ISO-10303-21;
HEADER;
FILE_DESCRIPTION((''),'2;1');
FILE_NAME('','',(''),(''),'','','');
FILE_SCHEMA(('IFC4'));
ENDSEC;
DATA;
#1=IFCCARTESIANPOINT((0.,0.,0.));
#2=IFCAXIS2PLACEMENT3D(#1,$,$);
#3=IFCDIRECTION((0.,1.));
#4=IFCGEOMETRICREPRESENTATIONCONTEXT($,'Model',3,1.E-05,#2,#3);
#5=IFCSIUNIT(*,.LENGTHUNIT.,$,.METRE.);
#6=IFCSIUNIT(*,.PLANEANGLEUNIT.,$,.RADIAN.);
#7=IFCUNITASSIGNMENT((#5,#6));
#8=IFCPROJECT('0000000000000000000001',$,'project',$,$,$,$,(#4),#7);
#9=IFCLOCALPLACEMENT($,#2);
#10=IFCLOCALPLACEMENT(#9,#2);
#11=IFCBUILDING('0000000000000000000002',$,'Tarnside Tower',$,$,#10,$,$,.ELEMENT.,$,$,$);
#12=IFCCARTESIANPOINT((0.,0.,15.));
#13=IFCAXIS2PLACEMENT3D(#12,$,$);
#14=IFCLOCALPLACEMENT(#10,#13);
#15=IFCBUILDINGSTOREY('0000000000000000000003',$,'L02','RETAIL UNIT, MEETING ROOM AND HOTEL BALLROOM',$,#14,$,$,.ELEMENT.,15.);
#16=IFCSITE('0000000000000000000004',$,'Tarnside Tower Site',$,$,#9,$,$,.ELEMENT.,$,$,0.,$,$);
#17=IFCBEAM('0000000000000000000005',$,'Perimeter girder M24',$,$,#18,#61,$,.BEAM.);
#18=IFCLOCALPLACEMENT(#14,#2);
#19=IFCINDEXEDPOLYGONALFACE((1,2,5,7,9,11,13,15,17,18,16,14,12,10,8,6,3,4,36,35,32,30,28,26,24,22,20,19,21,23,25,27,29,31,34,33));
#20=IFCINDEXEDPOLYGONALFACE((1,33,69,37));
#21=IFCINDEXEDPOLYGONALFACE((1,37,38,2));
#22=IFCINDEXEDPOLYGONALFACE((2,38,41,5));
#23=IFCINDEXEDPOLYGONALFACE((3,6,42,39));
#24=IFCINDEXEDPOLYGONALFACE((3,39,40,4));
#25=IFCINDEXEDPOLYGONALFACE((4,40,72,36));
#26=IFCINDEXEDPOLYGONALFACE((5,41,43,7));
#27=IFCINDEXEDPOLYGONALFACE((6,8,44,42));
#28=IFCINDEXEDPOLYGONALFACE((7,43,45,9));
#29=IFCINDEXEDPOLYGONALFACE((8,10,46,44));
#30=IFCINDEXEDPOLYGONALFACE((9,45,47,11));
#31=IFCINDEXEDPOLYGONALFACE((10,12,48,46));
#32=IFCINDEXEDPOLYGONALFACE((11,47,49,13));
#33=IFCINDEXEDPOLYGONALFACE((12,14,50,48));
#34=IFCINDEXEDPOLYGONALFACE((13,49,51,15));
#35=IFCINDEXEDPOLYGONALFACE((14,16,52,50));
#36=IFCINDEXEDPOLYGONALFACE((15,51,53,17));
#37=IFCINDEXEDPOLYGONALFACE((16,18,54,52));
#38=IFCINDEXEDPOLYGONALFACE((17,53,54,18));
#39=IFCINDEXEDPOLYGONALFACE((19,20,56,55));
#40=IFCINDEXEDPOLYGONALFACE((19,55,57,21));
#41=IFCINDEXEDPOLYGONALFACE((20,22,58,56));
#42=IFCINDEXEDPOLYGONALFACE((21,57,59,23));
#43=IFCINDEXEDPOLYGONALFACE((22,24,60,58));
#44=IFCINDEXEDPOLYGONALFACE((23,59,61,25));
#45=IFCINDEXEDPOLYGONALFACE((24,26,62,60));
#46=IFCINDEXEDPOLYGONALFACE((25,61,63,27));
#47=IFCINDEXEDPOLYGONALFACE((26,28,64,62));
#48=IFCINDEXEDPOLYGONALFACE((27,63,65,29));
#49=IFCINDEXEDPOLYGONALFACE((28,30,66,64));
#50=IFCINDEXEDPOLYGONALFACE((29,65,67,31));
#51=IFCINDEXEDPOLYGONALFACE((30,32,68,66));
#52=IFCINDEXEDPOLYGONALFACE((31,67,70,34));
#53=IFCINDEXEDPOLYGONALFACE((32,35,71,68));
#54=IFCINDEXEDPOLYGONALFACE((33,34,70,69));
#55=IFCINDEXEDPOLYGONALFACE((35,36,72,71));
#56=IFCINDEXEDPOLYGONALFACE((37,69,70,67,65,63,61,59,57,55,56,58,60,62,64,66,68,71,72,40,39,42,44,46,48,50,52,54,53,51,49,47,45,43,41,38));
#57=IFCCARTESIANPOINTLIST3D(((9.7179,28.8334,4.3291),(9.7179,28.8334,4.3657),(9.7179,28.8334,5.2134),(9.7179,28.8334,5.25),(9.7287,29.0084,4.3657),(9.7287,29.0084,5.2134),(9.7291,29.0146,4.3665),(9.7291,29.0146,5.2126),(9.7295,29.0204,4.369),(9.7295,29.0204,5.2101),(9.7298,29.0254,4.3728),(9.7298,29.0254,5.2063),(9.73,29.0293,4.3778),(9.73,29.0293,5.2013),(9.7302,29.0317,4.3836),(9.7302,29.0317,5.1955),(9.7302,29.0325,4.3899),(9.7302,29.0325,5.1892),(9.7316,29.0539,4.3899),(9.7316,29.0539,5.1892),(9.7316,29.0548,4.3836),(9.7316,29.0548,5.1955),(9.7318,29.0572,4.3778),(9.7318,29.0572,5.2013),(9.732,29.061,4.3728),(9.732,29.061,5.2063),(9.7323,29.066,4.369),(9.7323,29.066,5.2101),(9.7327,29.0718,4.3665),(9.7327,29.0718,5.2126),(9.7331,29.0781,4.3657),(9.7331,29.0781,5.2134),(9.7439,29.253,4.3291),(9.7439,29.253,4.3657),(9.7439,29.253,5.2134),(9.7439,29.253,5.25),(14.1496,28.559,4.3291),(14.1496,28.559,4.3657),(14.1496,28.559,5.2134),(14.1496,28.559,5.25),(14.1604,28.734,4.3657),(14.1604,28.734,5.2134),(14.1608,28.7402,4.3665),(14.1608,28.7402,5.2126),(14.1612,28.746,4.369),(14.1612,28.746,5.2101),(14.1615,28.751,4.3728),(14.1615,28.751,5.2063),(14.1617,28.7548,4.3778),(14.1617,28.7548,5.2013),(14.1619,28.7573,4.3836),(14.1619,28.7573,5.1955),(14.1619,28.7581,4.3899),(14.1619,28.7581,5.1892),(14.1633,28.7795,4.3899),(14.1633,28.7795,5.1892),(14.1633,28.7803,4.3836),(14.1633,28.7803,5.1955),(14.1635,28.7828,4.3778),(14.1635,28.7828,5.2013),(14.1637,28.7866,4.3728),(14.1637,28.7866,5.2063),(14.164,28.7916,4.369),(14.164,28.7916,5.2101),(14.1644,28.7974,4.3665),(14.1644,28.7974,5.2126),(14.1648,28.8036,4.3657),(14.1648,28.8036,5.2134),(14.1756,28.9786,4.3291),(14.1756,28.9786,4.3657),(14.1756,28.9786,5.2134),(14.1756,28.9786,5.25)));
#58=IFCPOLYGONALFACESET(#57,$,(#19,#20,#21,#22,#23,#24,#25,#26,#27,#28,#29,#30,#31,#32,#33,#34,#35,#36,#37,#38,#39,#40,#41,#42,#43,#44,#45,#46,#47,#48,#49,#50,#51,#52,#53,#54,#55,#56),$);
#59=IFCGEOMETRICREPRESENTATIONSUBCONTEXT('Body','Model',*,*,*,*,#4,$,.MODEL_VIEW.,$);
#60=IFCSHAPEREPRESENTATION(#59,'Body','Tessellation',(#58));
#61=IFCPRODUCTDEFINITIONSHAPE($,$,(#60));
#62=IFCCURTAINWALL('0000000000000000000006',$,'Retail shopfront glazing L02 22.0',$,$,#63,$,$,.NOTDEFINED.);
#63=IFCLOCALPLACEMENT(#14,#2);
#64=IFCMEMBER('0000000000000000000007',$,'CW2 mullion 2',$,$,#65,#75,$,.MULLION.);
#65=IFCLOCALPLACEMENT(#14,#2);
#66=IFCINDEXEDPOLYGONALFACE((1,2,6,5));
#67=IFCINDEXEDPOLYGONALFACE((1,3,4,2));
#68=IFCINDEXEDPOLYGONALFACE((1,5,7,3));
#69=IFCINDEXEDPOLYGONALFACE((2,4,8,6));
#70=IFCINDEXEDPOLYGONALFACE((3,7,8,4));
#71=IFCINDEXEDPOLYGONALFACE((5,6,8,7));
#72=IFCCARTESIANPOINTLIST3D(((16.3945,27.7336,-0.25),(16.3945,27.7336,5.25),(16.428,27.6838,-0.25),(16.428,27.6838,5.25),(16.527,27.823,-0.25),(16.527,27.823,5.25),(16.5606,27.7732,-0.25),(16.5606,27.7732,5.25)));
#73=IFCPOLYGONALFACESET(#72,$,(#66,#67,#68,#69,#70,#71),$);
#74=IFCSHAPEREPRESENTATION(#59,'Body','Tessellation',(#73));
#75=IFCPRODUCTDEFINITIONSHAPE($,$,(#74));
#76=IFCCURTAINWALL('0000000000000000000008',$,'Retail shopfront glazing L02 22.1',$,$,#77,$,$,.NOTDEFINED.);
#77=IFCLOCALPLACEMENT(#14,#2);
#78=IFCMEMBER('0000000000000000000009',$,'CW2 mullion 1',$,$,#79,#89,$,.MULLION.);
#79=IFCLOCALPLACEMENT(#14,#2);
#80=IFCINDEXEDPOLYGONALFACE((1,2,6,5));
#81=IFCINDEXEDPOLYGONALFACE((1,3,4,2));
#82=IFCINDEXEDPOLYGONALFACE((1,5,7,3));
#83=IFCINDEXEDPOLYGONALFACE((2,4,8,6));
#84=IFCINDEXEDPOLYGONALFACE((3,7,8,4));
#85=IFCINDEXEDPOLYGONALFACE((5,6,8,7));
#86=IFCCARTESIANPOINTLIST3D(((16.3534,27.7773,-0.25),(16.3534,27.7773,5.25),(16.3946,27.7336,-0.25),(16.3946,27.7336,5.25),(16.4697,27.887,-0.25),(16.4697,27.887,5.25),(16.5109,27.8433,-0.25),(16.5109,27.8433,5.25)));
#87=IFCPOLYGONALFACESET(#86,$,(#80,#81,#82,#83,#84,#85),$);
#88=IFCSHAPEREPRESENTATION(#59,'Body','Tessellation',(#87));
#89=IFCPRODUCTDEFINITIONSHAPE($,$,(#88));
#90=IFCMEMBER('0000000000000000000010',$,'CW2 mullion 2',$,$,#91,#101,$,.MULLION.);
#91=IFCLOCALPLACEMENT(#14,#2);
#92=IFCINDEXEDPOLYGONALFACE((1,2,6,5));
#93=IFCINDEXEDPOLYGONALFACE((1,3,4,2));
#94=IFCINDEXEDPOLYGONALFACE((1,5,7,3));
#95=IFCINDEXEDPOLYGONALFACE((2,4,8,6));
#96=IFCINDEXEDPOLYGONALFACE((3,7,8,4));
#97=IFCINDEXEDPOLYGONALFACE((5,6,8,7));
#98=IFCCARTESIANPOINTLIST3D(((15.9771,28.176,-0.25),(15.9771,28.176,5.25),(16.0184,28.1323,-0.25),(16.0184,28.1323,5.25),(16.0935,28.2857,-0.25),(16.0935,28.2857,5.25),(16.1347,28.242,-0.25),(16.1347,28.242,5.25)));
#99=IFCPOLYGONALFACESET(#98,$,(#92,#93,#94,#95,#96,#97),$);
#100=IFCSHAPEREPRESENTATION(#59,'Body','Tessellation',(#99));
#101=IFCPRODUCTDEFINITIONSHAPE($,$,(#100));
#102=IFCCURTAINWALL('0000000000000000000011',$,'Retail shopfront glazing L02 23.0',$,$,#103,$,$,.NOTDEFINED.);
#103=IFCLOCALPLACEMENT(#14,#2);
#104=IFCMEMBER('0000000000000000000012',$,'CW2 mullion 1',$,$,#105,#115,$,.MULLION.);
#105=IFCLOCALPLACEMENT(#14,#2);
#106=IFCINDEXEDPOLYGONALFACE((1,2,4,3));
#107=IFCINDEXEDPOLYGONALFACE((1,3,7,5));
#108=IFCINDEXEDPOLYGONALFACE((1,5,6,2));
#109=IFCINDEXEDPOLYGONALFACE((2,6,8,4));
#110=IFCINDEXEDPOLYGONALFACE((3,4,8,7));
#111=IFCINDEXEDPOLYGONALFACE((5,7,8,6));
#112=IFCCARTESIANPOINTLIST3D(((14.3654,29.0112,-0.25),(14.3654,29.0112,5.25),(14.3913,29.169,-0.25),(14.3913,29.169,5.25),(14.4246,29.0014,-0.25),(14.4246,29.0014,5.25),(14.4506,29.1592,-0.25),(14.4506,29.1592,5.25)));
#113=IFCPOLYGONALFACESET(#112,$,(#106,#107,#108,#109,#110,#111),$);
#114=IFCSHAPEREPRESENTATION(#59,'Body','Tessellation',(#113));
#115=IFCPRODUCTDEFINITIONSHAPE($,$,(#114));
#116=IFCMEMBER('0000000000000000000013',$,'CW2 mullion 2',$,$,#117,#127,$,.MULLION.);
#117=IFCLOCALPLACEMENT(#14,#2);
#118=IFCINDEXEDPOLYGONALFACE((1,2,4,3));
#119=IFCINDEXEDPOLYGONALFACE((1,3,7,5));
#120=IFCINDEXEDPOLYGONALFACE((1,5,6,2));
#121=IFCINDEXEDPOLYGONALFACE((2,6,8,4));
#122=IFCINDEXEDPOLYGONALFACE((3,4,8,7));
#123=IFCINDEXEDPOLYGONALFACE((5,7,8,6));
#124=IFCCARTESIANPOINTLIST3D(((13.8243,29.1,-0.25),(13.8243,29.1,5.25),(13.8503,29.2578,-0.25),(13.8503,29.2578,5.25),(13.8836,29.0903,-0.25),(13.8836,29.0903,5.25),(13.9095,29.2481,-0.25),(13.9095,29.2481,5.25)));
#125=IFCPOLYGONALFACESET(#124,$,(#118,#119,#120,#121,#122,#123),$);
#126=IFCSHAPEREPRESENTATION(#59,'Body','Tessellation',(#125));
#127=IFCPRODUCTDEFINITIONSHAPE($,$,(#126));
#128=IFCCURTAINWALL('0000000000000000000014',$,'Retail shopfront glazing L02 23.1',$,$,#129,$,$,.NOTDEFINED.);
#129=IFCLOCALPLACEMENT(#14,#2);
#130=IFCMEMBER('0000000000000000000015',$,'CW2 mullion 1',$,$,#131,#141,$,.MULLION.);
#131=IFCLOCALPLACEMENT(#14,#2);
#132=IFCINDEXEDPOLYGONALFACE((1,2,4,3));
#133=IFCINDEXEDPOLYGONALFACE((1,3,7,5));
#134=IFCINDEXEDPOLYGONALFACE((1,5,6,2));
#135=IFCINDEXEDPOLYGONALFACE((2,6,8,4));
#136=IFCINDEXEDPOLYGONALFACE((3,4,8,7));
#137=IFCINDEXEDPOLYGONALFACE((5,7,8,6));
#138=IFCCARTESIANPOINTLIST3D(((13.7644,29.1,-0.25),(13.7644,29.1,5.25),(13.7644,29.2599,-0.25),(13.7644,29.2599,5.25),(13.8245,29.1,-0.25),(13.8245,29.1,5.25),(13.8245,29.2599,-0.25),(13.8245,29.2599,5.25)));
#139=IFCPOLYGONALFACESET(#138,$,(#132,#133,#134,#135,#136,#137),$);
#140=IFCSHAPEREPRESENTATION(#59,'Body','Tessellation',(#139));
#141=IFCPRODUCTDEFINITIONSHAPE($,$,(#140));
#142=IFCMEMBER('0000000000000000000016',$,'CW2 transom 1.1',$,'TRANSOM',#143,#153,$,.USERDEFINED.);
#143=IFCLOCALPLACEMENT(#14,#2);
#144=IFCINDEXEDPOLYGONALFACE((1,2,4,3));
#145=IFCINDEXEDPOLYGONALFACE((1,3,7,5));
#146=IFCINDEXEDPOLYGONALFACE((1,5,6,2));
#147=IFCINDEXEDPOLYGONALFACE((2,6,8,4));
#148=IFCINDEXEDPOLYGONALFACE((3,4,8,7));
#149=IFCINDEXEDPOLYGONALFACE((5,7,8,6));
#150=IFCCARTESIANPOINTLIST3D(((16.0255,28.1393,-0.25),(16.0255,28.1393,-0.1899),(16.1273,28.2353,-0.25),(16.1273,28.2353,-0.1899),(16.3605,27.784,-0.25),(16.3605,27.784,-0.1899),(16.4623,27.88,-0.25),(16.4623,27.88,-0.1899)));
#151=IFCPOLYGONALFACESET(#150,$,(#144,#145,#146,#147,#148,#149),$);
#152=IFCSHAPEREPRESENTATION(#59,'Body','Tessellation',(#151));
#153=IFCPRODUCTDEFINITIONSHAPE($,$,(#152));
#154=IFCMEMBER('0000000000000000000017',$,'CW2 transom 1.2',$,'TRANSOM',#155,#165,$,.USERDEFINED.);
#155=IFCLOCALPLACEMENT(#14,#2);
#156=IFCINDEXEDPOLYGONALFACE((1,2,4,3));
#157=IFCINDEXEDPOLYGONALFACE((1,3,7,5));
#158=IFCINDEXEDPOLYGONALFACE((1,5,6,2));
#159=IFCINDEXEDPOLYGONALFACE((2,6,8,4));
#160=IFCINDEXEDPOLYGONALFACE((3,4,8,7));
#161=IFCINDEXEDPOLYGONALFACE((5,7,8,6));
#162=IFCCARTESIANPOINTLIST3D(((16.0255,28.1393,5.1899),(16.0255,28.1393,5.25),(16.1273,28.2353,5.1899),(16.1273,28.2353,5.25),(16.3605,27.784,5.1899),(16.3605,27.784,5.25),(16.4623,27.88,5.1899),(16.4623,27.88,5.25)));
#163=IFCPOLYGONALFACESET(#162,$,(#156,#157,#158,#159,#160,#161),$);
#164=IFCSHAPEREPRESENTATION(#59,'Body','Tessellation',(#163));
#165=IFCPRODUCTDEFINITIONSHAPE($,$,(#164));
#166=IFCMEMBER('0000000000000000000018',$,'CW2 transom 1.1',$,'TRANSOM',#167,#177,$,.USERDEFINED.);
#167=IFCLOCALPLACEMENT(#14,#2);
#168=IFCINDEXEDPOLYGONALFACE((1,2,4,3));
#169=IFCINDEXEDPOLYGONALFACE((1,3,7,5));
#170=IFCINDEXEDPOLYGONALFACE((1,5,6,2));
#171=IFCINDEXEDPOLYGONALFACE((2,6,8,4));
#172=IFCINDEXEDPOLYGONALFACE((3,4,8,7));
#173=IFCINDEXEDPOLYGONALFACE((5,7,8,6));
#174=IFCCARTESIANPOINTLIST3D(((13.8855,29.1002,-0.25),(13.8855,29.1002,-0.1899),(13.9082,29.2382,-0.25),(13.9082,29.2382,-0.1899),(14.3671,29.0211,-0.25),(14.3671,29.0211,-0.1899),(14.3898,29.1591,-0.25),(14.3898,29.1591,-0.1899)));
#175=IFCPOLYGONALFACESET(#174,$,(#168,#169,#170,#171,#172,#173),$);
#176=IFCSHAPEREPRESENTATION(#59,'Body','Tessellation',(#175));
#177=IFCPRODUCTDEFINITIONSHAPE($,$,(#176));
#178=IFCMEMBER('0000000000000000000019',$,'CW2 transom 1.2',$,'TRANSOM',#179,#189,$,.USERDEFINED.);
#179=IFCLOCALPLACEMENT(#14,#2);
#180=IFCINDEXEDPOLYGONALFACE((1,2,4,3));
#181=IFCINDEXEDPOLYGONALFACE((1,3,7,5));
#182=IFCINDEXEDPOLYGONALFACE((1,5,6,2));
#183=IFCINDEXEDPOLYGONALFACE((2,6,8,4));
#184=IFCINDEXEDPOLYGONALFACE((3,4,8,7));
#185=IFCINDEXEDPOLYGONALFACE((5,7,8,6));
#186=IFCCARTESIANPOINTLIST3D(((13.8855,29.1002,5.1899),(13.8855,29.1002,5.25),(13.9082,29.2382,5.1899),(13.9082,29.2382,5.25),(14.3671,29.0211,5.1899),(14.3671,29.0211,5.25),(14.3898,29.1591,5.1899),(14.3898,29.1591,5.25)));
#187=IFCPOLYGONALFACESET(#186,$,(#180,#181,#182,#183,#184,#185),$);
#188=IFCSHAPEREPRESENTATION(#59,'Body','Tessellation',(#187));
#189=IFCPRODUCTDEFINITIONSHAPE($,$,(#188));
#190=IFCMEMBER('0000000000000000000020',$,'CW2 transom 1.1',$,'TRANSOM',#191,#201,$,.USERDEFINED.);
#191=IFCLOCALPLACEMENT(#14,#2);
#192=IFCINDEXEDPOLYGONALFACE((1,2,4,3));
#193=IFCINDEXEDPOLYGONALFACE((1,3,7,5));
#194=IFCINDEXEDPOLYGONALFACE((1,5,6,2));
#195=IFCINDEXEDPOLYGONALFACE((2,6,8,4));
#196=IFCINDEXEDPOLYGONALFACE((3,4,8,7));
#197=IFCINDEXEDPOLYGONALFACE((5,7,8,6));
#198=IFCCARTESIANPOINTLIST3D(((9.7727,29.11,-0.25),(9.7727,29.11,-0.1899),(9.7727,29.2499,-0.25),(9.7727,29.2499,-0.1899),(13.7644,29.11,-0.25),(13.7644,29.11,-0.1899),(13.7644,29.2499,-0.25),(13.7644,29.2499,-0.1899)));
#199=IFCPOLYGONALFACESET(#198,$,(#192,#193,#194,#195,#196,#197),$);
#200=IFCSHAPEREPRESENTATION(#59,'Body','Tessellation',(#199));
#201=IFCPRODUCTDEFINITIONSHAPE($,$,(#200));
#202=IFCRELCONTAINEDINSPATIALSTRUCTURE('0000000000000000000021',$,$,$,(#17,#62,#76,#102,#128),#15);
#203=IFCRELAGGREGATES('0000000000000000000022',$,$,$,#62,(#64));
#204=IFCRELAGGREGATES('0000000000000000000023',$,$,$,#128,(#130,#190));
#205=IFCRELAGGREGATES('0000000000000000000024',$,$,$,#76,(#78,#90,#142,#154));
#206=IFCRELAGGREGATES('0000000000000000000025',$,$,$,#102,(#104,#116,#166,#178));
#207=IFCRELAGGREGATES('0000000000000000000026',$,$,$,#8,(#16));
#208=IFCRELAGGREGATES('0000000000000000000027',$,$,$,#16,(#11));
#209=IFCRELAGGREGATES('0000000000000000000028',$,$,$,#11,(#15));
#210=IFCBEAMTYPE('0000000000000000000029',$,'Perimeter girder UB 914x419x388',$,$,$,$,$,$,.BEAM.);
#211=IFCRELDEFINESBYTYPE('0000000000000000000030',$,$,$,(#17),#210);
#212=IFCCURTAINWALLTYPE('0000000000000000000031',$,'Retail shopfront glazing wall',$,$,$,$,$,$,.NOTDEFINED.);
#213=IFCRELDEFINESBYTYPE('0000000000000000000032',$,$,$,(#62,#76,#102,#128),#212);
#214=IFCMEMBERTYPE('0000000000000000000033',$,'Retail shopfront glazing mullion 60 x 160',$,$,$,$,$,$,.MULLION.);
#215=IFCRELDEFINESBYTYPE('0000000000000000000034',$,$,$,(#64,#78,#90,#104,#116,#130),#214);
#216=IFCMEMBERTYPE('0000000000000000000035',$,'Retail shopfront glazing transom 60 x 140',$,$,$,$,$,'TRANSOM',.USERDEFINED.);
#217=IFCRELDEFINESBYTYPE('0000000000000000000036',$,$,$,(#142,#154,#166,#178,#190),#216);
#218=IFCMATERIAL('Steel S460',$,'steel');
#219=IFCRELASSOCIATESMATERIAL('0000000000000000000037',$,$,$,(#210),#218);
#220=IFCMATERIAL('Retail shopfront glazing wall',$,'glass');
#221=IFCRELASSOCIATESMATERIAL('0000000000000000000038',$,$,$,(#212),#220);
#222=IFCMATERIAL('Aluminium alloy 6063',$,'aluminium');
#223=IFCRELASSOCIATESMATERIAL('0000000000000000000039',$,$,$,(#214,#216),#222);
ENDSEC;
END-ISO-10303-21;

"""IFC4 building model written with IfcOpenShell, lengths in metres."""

from ifc_helpers import new_model, si_unit, direction, frame, origin, origin_2d, place, context, subcontext, project, spatial, rectangle, i_section, extrude, material, material_profile, profile_set, type_object, element, aggregate, save


model = new_model("IFC4")

# Units and contexts
model_context = context("Model", 3, precision=1e-05, world=origin(), true_north=direction((0.0, 1.0)))
body_context = subcontext(model_context, "Body", "Model", "MODEL_VIEW")
ifc_project = project(units=[si_unit("LENGTHUNIT", "METRE"), si_unit("PLANEANGLEUNIT", "RADIAN")], contexts=[model_context])

# Site, building, storey
site_placement = place(None, origin())
site = spatial("IfcSite", under=ifc_project, at=site_placement, Name="Tarnside Tower Site", CompositionType="ELEMENT", RefElevation=0.0)
building_placement = place(site_placement, origin())
building = spatial("IfcBuilding", under=site, at=building_placement, Name="Tarnside Tower", CompositionType="ELEMENT")
storey_placement = place(building_placement, frame((0.0, 0.0, 15.0)))
storey = spatial("IfcBuildingStorey", under=building, at=storey_placement, Name="L02", Description="RETAIL UNIT, MEETING ROOM AND HOTEL BALLROOM", CompositionType="ELEMENT", Elevation=15.0)

# Shared definitions
ifc_material_1 = material(Name="Steel S460", Category="steel")

# Beam
ifc_material_profile_1 = material_profile(ifc_material_1, i_section(OverallWidth=0.4204, OverallDepth=0.9209, WebThickness=0.0215, FlangeThickness=0.0366, FilletRadius=0.0242, at=origin_2d()), Name="UB 914x419x388")
ifc_profile_set_1 = profile_set([ifc_material_profile_1], Name="Steel S460")
beam_type_1 = type_object("IfcBeamType", Name="Perimeter girder UB 914x419x388", PredefinedType="BEAM", material=ifc_profile_set_1)
beam_1_placement = place(storey_placement, frame((14.1626, 28.7688, 4.7896), z_axis=(-0.998088, 0.061803, 0.0), x_axis=(-0.061803, -0.998088, 0.0)))
element("IfcBeam", 1, at=beam_1_placement, inside=storey, type_object=beam_type_1, Name="Perimeter girder M24", PredefinedType="BEAM", context=body_context, shape_type="SweptSolid", body=[
    extrude(i_section(OverallWidth=0.4204, OverallDepth=0.9209, WebThickness=0.0215, FlangeThickness=0.0366, FilletRadius=0.0242, at=origin_2d()), origin(), (0.0, 0.0, 1.0), 4.4402),
])

# Curtain wall, member
ifc_material_2 = material(Name="Retail shopfront glazing wall", Category="glass")
curtain_wall_type = type_object("IfcCurtainWallType", Name="Retail shopfront glazing wall", PredefinedType="NOTDEFINED", material=ifc_material_2)
curtain_wall_1_placement = place(storey_placement, origin())
curtain_wall_1 = element("IfcCurtainWall", 2, at=curtain_wall_1_placement, inside=storey, type_object=curtain_wall_type, Name="Retail shopfront glazing L02 22.0", PredefinedType="NOTDEFINED")
ifc_material_3 = material(Name="Aluminium alloy 6063", Category="aluminium")
ifc_material_profile_2 = material_profile(ifc_material_3, rectangle(XDim=0.1599, YDim=0.0601, at=origin_2d()), Name="Retail shopfront glazing mullion 60 x 160")
ifc_profile_set_2 = profile_set([ifc_material_profile_2], Name="Aluminium alloy 6063")
member_type_1 = type_object("IfcMemberType", Name="Retail shopfront glazing mullion 60 x 160", PredefinedType="MULLION", material=ifc_profile_set_2)
member_1_placement = place(storey_placement, frame((16.4775, 27.7534, -0.25), z_axis=(0.0, 0.0, 1.0), x_axis=(-0.829038, -0.559193, 0.0)))
member_1 = element("IfcMember", 3, at=member_1_placement, type_object=member_type_1, Name="CW2 mullion 2", PredefinedType="MULLION", context=body_context, shape_type="SweptSolid", body=[
    extrude(rectangle(XDim=0.1599, YDim=0.0601, at=origin_2d()), origin(), (0.0, 0.0, 1.0), 5.5),
])
aggregate(curtain_wall_1, [member_1])

# Curtain walls, members
curtain_wall_2_placement = place(storey_placement, origin())
curtain_wall_2 = element("IfcCurtainWall", 4, at=curtain_wall_2_placement, inside=storey, type_object=curtain_wall_type, Name="Retail shopfront glazing L02 22.1", PredefinedType="NOTDEFINED")
member_2_placement = place(storey_placement, frame((16.4321, 27.8103, -0.25), z_axis=(0.0, 0.0, 1.0), x_axis=(-0.727374, -0.686242, 0.0)))
member_2 = element("IfcMember", 5, at=member_2_placement, type_object=member_type_1, Name="CW2 mullion 1", PredefinedType="MULLION", context=body_context, shape_type="SweptSolid", body=[
    extrude(rectangle(XDim=0.1599, YDim=0.0601, at=origin_2d()), origin(), (0.0, 0.0, 1.0), 5.5),
])
member_3_placement = place(storey_placement, frame((16.0559, 28.209, -0.25), z_axis=(0.0, 0.0, 1.0), x_axis=(-0.727374, -0.686242, 0.0)))
member_3 = element("IfcMember", 6, at=member_3_placement, type_object=member_type_1, Name="CW2 mullion 2", PredefinedType="MULLION", context=body_context, shape_type="SweptSolid", body=[
    extrude(rectangle(XDim=0.1599, YDim=0.0601, at=origin_2d()), origin(), (0.0, 0.0, 1.0), 5.5),
])
curtain_wall_3_placement = place(storey_placement, origin())
curtain_wall_3 = element("IfcCurtainWall", 7, at=curtain_wall_3_placement, inside=storey, type_object=curtain_wall_type, Name="Retail shopfront glazing L02 23.0", PredefinedType="NOTDEFINED")
member_4_placement = place(storey_placement, frame((14.408, 29.0852, -0.25), z_axis=(0.0, 0.0, 1.0), x_axis=(-0.162178, -0.986762, 0.0)))
member_4 = element("IfcMember", 8, at=member_4_placement, type_object=member_type_1, Name="CW2 mullion 1", PredefinedType="MULLION", context=body_context, shape_type="SweptSolid", body=[
    extrude(rectangle(XDim=0.1599, YDim=0.0601, at=origin_2d()), origin(), (0.0, 0.0, 1.0), 5.5),
])
member_5_placement = place(storey_placement, frame((13.8669, 29.1741, -0.25), z_axis=(0.0, 0.0, 1.0), x_axis=(-0.162178, -0.986762, 0.0)))
member_5 = element("IfcMember", 9, at=member_5_placement, type_object=member_type_1, Name="CW2 mullion 2", PredefinedType="MULLION", context=body_context, shape_type="SweptSolid", body=[
    extrude(rectangle(XDim=0.1599, YDim=0.0601, at=origin_2d()), origin(), (0.0, 0.0, 1.0), 5.5),
])

# Curtain wall, member
curtain_wall_4_placement = place(storey_placement, origin())
curtain_wall_4 = element("IfcCurtainWall", 10, at=curtain_wall_4_placement, inside=storey, type_object=curtain_wall_type, Name="Retail shopfront glazing L02 23.1", PredefinedType="NOTDEFINED")
member_6_placement = place(storey_placement, frame((13.7944, 29.1799, -0.25), z_axis=(0.0, 0.0, 1.0), x_axis=(0.0, -1.0, 0.0)))
member_6 = element("IfcMember", 11, at=member_6_placement, type_object=member_type_1, Name="CW2 mullion 1", PredefinedType="MULLION", context=body_context, shape_type="SweptSolid", body=[
    extrude(rectangle(XDim=0.1599, YDim=0.0601, at=origin_2d()), origin(), (0.0, 0.0, 1.0), 5.5),
])

# Members
ifc_material_profile_3 = material_profile(ifc_material_3, rectangle(XDim=0.1399, YDim=0.0601, at=origin_2d()), Name="Retail shopfront glazing transom 60 x 140")
ifc_profile_set_3 = profile_set([ifc_material_profile_3], Name="Aluminium alloy 6063")
member_type_2 = type_object("IfcMemberType", Name="Retail shopfront glazing transom 60 x 140", ElementType="TRANSOM", PredefinedType="USERDEFINED", material=ifc_profile_set_3)
member_7_placement = place(storey_placement, frame((16.4114, 27.832, -0.22), z_axis=(-0.686051, 0.727554, 0.0), x_axis=(-0.727554, -0.686051, 0.0)))
member_7 = element("IfcMember", 12, at=member_7_placement, type_object=member_type_2, Name="CW2 transom 1.1", ObjectType="TRANSOM", PredefinedType="USERDEFINED", context=body_context, shape_type="SweptSolid", body=[
    extrude(rectangle(XDim=0.1399, YDim=0.0601, at=origin_2d()), origin(), (0.0, 0.0, 1.0), 0.4883),
])
member_8_placement = place(storey_placement, frame((16.4114, 27.832, 5.22), z_axis=(-0.686051, 0.727554, 0.0), x_axis=(-0.727554, -0.686051, 0.0)))
member_8 = element("IfcMember", 13, at=member_8_placement, type_object=member_type_2, Name="CW2 transom 1.2", ObjectType="TRANSOM", PredefinedType="USERDEFINED", context=body_context, shape_type="SweptSolid", body=[
    extrude(rectangle(XDim=0.1399, YDim=0.0601, at=origin_2d()), origin(), (0.0, 0.0, 1.0), 0.4883),
])
member_9_placement = place(storey_placement, frame((14.3784, 29.0901, -0.22), z_axis=(-0.986783, 0.162046, 0.0), x_axis=(-0.162046, -0.986783, 0.0)))
member_9 = element("IfcMember", 14, at=member_9_placement, type_object=member_type_2, Name="CW2 transom 1.1", ObjectType="TRANSOM", PredefinedType="USERDEFINED", context=body_context, shape_type="SweptSolid", body=[
    extrude(rectangle(XDim=0.1399, YDim=0.0601, at=origin_2d()), origin(), (0.0, 0.0, 1.0), 0.488),
])
member_10_placement = place(storey_placement, frame((14.3784, 29.0901, 5.22), z_axis=(-0.986783, 0.162046, 0.0), x_axis=(-0.162046, -0.986783, 0.0)))
member_10 = element("IfcMember", 15, at=member_10_placement, type_object=member_type_2, Name="CW2 transom 1.2", ObjectType="TRANSOM", PredefinedType="USERDEFINED", context=body_context, shape_type="SweptSolid", body=[
    extrude(rectangle(XDim=0.1399, YDim=0.0601, at=origin_2d()), origin(), (0.0, 0.0, 1.0), 0.488),
])
member_11_placement = place(storey_placement, frame((13.7644, 29.1799, -0.22), z_axis=(-1.0, 0.0, 0.0), x_axis=(0.0, -1.0, 0.0)))
member_11 = element("IfcMember", 16, at=member_11_placement, type_object=member_type_2, Name="CW2 transom 1.1", ObjectType="TRANSOM", PredefinedType="USERDEFINED", context=body_context, shape_type="SweptSolid", body=[
    extrude(rectangle(XDim=0.1399, YDim=0.0601, at=origin_2d()), origin(), (0.0, 0.0, 1.0), 3.9917),
])
aggregate(curtain_wall_4, [member_6, member_11])

aggregate(curtain_wall_2, [member_2, member_3, member_7, member_8])
aggregate(curtain_wall_3, [member_4, member_5, member_9, member_10])

save(model, "model.ifc")
